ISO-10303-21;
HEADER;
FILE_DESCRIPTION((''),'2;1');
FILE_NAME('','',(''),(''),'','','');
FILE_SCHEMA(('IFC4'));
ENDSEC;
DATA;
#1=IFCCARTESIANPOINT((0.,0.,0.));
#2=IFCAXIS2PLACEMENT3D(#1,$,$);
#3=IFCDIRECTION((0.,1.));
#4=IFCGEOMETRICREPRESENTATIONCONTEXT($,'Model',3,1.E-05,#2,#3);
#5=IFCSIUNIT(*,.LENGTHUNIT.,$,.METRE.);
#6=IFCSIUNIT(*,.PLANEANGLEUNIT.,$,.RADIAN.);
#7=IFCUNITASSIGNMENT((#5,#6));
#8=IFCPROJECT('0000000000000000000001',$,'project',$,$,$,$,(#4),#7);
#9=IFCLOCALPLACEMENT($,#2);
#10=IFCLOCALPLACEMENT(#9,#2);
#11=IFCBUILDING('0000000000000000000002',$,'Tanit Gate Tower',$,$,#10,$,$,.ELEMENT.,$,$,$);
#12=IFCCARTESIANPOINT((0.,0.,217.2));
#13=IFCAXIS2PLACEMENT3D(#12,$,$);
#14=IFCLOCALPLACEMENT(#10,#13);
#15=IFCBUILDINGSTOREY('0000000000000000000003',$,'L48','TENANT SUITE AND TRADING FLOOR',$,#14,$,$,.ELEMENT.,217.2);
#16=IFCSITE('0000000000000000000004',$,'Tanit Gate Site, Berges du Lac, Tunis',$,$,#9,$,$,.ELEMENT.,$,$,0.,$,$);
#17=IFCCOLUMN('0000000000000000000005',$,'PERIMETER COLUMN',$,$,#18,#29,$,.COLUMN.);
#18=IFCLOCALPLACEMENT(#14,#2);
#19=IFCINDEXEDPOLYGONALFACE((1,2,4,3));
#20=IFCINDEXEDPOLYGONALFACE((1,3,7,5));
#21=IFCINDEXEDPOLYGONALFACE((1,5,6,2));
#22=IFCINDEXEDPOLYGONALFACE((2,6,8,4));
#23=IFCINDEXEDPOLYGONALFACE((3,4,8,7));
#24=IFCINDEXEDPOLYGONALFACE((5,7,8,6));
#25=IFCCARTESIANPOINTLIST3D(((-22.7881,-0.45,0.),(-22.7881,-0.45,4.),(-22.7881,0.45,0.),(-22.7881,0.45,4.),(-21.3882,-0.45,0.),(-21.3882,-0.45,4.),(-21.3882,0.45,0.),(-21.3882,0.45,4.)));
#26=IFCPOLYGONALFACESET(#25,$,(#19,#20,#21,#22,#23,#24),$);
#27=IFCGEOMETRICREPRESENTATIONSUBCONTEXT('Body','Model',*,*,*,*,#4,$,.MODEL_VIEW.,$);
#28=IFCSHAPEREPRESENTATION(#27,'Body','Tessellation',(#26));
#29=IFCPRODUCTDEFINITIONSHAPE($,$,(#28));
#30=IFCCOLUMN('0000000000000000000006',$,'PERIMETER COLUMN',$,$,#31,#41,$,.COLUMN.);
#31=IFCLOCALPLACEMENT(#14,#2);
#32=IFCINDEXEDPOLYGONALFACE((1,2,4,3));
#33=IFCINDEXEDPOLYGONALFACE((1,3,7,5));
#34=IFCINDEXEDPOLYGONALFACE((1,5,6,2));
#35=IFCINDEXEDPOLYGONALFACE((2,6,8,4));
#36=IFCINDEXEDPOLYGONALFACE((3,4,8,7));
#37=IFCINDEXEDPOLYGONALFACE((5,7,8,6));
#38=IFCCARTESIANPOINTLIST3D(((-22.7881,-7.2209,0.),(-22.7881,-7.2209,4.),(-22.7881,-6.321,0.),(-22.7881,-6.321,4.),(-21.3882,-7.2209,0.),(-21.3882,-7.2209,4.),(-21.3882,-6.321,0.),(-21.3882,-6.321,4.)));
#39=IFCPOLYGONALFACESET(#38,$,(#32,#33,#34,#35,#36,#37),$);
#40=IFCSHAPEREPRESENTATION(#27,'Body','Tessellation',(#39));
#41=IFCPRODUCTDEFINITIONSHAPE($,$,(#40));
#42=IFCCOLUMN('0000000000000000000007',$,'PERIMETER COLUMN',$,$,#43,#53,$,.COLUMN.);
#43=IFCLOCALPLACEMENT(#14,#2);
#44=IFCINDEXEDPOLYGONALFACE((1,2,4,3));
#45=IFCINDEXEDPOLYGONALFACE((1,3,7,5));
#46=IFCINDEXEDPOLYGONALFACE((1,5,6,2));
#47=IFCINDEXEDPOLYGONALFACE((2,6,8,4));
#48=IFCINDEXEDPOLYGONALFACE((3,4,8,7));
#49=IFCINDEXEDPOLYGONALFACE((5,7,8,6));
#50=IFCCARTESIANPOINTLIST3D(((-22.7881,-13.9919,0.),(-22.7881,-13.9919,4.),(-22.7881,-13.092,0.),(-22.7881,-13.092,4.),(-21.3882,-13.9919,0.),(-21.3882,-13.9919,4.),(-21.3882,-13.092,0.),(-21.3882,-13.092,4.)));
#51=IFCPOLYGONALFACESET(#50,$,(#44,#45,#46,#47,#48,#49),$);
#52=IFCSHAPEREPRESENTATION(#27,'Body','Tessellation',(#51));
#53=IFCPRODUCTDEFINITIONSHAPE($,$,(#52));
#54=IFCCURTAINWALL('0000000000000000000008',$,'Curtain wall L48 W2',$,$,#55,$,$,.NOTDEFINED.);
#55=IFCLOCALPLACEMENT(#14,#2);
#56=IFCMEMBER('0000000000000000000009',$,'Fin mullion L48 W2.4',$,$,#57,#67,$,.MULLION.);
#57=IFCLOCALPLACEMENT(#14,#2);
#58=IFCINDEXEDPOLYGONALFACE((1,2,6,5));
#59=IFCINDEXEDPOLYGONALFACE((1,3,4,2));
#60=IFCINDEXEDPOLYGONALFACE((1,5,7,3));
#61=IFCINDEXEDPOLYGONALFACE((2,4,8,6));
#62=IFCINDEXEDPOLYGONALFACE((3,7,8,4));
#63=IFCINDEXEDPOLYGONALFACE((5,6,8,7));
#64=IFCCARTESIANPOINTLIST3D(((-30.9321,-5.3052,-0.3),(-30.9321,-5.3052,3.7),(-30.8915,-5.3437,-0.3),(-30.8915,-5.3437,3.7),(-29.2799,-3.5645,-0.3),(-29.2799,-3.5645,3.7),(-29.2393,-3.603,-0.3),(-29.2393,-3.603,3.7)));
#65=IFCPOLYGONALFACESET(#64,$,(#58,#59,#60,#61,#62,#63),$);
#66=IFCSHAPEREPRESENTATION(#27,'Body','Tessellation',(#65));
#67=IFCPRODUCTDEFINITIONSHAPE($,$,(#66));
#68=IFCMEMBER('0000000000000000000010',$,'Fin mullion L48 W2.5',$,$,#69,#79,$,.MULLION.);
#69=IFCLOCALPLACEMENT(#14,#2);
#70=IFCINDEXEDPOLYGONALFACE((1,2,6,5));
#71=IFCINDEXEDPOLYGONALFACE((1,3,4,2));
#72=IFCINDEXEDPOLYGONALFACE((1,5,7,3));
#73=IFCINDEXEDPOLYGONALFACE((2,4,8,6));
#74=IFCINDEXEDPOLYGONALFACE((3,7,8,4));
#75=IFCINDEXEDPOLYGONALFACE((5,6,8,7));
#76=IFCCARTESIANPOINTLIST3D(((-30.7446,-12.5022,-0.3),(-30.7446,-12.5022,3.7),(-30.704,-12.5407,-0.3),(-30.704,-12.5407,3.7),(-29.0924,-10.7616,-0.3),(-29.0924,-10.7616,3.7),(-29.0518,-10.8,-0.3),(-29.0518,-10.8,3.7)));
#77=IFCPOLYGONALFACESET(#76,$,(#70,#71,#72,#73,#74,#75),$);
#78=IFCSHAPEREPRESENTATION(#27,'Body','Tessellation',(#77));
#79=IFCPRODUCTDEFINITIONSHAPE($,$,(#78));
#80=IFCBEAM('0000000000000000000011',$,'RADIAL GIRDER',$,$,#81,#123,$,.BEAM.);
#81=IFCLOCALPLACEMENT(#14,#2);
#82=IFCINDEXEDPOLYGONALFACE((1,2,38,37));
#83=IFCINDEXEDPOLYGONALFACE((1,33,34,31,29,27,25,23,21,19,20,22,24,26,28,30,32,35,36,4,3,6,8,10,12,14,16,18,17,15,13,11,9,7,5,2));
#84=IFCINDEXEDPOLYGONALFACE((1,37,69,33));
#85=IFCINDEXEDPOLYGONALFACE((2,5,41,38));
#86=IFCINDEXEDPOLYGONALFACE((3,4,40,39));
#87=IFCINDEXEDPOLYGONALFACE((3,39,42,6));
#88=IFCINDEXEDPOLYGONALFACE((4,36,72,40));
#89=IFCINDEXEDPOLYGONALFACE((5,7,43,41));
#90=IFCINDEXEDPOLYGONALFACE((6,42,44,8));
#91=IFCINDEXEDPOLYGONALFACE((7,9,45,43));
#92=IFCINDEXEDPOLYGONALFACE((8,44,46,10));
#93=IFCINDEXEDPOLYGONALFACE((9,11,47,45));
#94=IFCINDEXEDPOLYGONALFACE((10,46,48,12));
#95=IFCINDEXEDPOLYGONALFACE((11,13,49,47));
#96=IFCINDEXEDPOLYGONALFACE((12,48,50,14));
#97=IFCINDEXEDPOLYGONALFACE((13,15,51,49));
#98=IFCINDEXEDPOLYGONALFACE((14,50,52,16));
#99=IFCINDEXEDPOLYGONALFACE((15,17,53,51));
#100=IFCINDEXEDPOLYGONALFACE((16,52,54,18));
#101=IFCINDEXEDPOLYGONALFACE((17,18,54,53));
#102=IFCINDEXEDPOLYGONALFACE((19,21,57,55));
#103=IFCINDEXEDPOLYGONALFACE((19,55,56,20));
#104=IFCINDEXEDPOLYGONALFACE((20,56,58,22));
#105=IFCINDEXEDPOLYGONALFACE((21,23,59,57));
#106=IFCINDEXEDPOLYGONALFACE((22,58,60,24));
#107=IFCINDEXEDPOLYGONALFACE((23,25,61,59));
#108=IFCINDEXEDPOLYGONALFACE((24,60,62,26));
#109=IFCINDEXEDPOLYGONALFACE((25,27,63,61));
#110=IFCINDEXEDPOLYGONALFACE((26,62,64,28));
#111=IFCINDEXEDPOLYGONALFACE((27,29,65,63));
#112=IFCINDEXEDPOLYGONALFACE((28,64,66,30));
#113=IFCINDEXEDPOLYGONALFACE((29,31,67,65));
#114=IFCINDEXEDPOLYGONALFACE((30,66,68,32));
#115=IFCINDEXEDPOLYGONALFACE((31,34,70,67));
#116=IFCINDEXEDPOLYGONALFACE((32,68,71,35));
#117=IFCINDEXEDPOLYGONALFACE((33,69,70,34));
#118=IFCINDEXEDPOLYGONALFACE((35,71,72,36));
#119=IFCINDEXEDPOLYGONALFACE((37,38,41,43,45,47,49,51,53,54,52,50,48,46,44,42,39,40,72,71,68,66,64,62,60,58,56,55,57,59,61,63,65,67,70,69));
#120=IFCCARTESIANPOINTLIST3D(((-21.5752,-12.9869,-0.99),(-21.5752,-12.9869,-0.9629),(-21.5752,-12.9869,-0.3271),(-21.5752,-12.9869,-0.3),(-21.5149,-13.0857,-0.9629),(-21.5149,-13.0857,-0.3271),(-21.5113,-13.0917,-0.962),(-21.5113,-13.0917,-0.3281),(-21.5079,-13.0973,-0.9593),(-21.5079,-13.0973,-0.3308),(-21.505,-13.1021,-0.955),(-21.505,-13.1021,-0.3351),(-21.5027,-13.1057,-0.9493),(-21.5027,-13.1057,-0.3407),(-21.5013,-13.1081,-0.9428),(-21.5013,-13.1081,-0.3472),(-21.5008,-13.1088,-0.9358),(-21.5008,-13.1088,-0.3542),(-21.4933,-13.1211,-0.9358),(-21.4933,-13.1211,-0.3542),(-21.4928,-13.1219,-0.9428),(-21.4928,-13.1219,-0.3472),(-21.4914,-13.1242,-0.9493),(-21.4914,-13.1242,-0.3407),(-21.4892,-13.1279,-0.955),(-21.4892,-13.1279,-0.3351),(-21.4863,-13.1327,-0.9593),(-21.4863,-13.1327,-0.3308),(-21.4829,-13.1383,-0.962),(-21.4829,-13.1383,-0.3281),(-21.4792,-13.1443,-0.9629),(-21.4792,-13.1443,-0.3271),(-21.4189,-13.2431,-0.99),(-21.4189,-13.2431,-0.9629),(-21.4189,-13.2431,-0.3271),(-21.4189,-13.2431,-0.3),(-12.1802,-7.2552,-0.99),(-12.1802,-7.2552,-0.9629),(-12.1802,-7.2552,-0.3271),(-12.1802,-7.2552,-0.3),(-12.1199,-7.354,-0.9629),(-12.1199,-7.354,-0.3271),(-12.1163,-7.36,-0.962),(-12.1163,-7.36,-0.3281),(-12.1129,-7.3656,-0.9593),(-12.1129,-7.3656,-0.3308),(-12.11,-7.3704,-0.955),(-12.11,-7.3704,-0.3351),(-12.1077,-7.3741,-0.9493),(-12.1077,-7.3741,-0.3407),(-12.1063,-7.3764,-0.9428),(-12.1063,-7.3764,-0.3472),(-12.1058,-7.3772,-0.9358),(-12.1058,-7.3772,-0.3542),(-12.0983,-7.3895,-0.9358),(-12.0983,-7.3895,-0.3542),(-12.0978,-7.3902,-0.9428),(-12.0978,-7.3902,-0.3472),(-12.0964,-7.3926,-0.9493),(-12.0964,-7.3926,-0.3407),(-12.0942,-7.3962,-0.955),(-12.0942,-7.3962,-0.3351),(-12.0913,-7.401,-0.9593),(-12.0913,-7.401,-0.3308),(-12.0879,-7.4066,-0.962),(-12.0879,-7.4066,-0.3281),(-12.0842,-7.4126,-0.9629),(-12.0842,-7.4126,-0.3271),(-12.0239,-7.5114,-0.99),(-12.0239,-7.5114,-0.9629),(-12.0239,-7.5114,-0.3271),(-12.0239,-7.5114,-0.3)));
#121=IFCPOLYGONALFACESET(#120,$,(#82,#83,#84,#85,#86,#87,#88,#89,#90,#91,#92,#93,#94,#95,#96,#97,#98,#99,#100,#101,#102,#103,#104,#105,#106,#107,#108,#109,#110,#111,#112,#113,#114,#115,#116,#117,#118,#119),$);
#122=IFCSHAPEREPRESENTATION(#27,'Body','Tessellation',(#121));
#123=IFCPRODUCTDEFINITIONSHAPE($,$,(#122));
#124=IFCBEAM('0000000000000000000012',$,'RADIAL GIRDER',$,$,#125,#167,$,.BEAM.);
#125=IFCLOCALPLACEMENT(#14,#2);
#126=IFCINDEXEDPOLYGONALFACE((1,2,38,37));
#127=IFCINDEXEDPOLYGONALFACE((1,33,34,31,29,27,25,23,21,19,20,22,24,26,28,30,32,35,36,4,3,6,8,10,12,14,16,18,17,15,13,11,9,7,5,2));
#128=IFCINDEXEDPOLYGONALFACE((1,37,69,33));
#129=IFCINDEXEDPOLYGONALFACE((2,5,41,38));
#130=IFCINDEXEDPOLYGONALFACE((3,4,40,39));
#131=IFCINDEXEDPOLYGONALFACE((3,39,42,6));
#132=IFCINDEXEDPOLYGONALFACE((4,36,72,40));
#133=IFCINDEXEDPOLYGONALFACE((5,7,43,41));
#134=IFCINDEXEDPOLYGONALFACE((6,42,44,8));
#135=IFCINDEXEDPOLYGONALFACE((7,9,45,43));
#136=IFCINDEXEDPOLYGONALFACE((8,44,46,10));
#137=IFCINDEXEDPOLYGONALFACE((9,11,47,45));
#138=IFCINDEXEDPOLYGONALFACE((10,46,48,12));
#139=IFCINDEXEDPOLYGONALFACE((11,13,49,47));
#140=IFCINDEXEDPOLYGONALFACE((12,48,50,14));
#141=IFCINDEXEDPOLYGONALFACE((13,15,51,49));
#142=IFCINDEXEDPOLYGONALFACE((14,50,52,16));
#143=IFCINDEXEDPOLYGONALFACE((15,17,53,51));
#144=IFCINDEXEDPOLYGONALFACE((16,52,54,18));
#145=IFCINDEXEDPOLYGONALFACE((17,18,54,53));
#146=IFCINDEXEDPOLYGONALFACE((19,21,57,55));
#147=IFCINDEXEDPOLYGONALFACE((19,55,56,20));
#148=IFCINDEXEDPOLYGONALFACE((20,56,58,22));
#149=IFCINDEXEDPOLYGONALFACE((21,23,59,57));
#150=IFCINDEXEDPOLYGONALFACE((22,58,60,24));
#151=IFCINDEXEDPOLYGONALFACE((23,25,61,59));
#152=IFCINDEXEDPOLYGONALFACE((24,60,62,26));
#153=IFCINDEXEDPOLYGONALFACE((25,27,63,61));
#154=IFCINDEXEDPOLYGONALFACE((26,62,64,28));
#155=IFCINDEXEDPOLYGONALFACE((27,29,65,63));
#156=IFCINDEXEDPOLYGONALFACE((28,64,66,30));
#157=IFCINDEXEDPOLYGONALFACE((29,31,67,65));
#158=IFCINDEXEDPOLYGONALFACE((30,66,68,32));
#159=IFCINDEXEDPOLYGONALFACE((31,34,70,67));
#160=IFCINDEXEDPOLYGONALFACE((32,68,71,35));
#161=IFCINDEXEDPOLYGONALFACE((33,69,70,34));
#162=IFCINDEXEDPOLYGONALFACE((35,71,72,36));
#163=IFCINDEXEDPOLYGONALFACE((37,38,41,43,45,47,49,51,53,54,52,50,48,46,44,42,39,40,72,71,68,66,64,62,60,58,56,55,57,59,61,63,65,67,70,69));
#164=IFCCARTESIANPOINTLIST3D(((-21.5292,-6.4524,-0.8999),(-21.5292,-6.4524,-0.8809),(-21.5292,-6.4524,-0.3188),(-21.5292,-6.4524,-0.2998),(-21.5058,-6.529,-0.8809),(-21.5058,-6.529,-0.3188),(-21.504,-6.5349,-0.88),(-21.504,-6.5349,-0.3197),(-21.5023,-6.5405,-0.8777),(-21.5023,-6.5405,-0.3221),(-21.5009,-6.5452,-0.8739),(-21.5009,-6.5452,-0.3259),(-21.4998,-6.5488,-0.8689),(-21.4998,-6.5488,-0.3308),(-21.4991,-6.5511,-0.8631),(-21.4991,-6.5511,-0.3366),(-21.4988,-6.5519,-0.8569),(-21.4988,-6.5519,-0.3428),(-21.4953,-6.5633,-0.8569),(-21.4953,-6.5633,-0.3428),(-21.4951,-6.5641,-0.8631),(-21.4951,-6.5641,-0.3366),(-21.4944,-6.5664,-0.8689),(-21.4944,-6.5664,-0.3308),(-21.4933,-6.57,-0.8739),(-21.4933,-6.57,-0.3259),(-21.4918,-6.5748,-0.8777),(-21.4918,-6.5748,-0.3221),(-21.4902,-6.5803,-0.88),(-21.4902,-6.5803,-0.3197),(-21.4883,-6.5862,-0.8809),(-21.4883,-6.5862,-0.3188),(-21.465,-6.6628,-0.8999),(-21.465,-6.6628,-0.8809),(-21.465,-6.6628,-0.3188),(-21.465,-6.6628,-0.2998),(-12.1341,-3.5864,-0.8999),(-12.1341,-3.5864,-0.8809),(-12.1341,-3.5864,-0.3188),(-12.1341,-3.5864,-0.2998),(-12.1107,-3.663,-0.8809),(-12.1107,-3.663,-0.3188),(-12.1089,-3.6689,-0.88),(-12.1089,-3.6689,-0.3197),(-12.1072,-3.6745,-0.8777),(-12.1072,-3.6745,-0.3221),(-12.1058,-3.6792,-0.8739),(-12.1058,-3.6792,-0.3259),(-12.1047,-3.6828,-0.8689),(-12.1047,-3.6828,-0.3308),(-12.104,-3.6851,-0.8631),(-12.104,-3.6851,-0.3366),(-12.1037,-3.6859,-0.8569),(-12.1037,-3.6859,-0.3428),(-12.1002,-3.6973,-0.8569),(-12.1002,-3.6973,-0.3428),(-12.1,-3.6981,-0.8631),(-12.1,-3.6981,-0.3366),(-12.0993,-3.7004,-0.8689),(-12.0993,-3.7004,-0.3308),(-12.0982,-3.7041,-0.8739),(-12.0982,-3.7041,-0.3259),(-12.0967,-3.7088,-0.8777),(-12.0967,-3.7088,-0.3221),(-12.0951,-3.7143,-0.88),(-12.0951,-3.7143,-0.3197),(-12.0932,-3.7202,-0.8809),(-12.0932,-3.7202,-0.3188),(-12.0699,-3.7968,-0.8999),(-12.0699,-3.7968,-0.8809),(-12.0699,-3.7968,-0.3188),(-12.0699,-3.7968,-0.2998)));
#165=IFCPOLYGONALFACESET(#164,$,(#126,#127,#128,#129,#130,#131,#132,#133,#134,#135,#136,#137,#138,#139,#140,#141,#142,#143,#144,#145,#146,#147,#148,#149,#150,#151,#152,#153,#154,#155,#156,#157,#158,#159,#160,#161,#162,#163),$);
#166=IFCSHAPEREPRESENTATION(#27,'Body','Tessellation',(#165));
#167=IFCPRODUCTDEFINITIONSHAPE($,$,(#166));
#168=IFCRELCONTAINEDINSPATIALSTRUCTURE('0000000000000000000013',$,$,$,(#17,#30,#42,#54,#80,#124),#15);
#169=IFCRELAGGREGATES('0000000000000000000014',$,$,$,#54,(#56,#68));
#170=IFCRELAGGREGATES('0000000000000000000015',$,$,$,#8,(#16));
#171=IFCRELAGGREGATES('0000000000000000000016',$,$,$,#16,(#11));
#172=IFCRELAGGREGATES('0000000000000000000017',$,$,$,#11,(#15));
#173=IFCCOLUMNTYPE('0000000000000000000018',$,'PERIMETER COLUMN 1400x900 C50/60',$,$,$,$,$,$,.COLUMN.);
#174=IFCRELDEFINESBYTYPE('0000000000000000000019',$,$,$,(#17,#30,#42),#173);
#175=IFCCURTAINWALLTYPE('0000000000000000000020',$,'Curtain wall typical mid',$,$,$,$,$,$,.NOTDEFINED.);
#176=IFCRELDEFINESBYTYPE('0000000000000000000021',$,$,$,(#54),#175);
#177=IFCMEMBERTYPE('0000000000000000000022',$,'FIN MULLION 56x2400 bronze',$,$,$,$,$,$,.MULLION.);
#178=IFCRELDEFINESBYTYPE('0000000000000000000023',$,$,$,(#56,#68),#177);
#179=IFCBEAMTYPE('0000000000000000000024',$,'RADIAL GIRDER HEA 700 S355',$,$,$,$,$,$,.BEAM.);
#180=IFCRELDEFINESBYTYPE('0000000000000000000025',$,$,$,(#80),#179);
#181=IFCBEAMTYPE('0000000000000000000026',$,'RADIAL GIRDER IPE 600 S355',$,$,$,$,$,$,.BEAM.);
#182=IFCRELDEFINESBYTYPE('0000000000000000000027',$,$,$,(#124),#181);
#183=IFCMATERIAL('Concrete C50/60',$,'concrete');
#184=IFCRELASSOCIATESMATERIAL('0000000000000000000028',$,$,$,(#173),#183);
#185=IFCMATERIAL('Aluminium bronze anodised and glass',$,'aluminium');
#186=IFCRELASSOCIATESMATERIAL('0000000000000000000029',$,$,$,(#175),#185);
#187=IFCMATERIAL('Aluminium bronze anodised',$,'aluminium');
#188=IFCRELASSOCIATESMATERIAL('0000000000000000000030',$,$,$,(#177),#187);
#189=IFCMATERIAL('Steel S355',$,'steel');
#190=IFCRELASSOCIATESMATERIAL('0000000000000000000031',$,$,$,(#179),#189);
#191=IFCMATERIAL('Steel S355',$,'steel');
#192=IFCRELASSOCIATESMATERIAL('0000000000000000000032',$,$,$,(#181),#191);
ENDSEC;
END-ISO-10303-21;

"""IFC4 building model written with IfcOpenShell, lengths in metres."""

from ifc_helpers import new_model, si_unit, direction, frame, origin, origin_2d, place, context, subcontext, project, spatial, rectangle, i_section, extrude, material, material_profile, profile_set, type_object, element, aggregate, save


model = new_model("IFC4")

# Units and contexts
model_context = context("Model", 3, precision=1e-05, world=origin(), true_north=direction((0.0, 1.0)))
body_context = subcontext(model_context, "Body", "Model", "MODEL_VIEW")
ifc_project = project(units=[si_unit("LENGTHUNIT", "METRE"), si_unit("PLANEANGLEUNIT", "RADIAN")], contexts=[model_context])

# Site, building, storey
site_placement = place(None, origin())
site = spatial("IfcSite", under=ifc_project, at=site_placement, Name="Tanit Gate Site, Berges du Lac, Tunis", CompositionType="ELEMENT", RefElevation=0.0)
building_placement = place(site_placement, origin())
building = spatial("IfcBuilding", under=site, at=building_placement, Name="Tanit Gate Tower", CompositionType="ELEMENT")
storey_placement = place(building_placement, frame((0.0, 0.0, 217.2)))
storey = spatial("IfcBuildingStorey", under=building, at=storey_placement, Name="L48", Description="TENANT SUITE AND TRADING FLOOR", CompositionType="ELEMENT", Elevation=217.2)

# Columns
ifc_material_1 = material(Name="Concrete C50/60", Category="concrete")
ifc_material_profile_1 = material_profile(ifc_material_1, rectangle(XDim=1.3999, YDim=0.8999, at=origin_2d()), Name="RC 1400x900")
ifc_profile_set_1 = profile_set([ifc_material_profile_1], Name="Concrete C50/60")
column_type = type_object("IfcColumnType", Name="PERIMETER COLUMN 1400x900 C50/60", PredefinedType="COLUMN", material=ifc_profile_set_1)
for number, where, z_axis, x_axis, name in (
    (1, (-22.0881, 0.0, 0.0), (0.0, 0.0, 1.0), (-1.0, 0.0, 0.0), "PERIMETER COLUMN"),
    (2, (-22.0881, -6.771, 0.0), (0.0, 0.0, 1.0), (-1.0, 0.0, 0.0), "PERIMETER COLUMN"),
    (3, (-22.0881, -13.542, 0.0), (0.0, 0.0, 1.0), (-1.0, 0.0, 0.0), "PERIMETER COLUMN"),
):
    element("IfcColumn", number, at=place(storey_placement, frame(where, z_axis=z_axis, x_axis=x_axis)), inside=storey, type_object=column_type, Name=name, PredefinedType="COLUMN", context=body_context, shape_type="SweptSolid", body=[
        extrude(rectangle(XDim=1.3999, YDim=0.8999, at=origin_2d()), origin(), (0.0, 0.0, 1.0), 4.0),
    ])

# Curtain wall, members
ifc_material_2 = material(Name="Aluminium bronze anodised and glass", Category="aluminium")
curtain_wall_type = type_object("IfcCurtainWallType", Name="Curtain wall typical mid", PredefinedType="NOTDEFINED", material=ifc_material_2)
curtain_wall_placement = place(storey_placement, origin())
curtain_wall = element("IfcCurtainWall", 4, at=curtain_wall_placement, inside=storey, type_object=curtain_wall_type, Name="Curtain wall L48 W2", PredefinedType="NOTDEFINED")
ifc_material_3 = material(Name="Aluminium bronze anodised", Category="aluminium")
ifc_material_profile_2 = material_profile(ifc_material_3, rectangle(XDim=2.3999, YDim=0.0559, at=origin_2d()), Name="56x2400 bronze fin mullion")
ifc_profile_set_2 = profile_set([ifc_material_profile_2], Name="Aluminium bronze anodised")
member_type_1 = type_object("IfcMemberType", Name="FIN MULLION 56x2400 bronze", PredefinedType="MULLION", material=ifc_profile_set_2)
member_1_placement = place(storey_placement, frame((-30.0857, -4.4541, -0.3), z_axis=(0.0, 0.0, 1.0), x_axis=(0.688438, 0.725296, 0.0)))
member_1 = element("IfcMember", 5, at=member_1_placement, type_object=member_type_1, Name="Fin mullion L48 W2.4", PredefinedType="MULLION", context=body_context, shape_type="SweptSolid", body=[
    extrude(rectangle(XDim=2.3999, YDim=0.0559, at=origin_2d()), origin(), (0.0, 0.0, 1.0), 4.0),
])
member_2_placement = place(storey_placement, frame((-29.8982, -11.6511, -0.3), z_axis=(0.0, 0.0, 1.0), x_axis=(0.688438, 0.725296, 0.0)))
member_2 = element("IfcMember", 6, at=member_2_placement, type_object=member_type_1, Name="Fin mullion L48 W2.5", PredefinedType="MULLION", context=body_context, shape_type="SweptSolid", body=[
    extrude(rectangle(XDim=2.3999, YDim=0.0559, at=origin_2d()), origin(), (0.0, 0.0, 1.0), 4.0),
])

# Beams
ifc_material_4 = material(Name="Steel S355", Category="steel")
ifc_material_profile_3 = material_profile(ifc_material_4, i_section(OverallWidth=0.3, OverallDepth=0.6899, WebThickness=0.0144, FlangeThickness=0.0271, FilletRadius=0.0271, at=origin_2d()), Name="HEA 700")
ifc_profile_set_3 = profile_set([ifc_material_profile_3], Name="Steel S355")
beam_type_1 = type_object("IfcBeamType", Name="RADIAL GIRDER HEA 700 S355", PredefinedType="BEAM", material=ifc_profile_set_3)
beam_1_placement = place(storey_placement, frame((-21.4971, -13.115, -0.645), z_axis=(0.853674, 0.520807, 0.0), x_axis=(-0.520807, 0.853674, 0.0)))
element("IfcBeam", 7, at=beam_1_placement, inside=storey, type_object=beam_type_1, Name="RADIAL GIRDER", PredefinedType="BEAM", context=body_context, shape_type="SweptSolid", body=[
    extrude(i_section(OverallWidth=0.3, OverallDepth=0.6899, WebThickness=0.0144, FlangeThickness=0.0271, FilletRadius=0.0271, at=origin_2d()), origin(), (0.0, 0.0, 1.0), 11.0054),
])
ifc_material_5 = material(Name="Steel S355", Category="steel")
ifc_material_profile_4 = material_profile(ifc_material_5, i_section(OverallWidth=0.22, OverallDepth=0.6001, WebThickness=0.012, FlangeThickness=0.019, FilletRadius=0.0239, at=origin_2d()), Name="IPE 600")
ifc_profile_set_4 = profile_set([ifc_material_profile_4], Name="Steel S355")
beam_type_2 = type_object("IfcBeamType", Name="RADIAL GIRDER IPE 600 S355", PredefinedType="BEAM", material=ifc_profile_set_4)
beam_2_placement = place(storey_placement, frame((-21.4971, -6.5576, -0.5999), z_axis=(0.956486, 0.291778, 0.0), x_axis=(-0.291778, 0.956486, 0.0)))
element("IfcBeam", 8, at=beam_2_placement, inside=storey, type_object=beam_type_2, Name="RADIAL GIRDER", PredefinedType="BEAM", context=body_context, shape_type="SweptSolid", body=[
    extrude(i_section(OverallWidth=0.22, OverallDepth=0.6001, WebThickness=0.012, FlangeThickness=0.019, FilletRadius=0.0239, at=origin_2d()), origin(), (0.0, 0.0, 1.0), 9.8225),
])

aggregate(curtain_wall, [member_1, member_2])

save(model, "model.ifc")
